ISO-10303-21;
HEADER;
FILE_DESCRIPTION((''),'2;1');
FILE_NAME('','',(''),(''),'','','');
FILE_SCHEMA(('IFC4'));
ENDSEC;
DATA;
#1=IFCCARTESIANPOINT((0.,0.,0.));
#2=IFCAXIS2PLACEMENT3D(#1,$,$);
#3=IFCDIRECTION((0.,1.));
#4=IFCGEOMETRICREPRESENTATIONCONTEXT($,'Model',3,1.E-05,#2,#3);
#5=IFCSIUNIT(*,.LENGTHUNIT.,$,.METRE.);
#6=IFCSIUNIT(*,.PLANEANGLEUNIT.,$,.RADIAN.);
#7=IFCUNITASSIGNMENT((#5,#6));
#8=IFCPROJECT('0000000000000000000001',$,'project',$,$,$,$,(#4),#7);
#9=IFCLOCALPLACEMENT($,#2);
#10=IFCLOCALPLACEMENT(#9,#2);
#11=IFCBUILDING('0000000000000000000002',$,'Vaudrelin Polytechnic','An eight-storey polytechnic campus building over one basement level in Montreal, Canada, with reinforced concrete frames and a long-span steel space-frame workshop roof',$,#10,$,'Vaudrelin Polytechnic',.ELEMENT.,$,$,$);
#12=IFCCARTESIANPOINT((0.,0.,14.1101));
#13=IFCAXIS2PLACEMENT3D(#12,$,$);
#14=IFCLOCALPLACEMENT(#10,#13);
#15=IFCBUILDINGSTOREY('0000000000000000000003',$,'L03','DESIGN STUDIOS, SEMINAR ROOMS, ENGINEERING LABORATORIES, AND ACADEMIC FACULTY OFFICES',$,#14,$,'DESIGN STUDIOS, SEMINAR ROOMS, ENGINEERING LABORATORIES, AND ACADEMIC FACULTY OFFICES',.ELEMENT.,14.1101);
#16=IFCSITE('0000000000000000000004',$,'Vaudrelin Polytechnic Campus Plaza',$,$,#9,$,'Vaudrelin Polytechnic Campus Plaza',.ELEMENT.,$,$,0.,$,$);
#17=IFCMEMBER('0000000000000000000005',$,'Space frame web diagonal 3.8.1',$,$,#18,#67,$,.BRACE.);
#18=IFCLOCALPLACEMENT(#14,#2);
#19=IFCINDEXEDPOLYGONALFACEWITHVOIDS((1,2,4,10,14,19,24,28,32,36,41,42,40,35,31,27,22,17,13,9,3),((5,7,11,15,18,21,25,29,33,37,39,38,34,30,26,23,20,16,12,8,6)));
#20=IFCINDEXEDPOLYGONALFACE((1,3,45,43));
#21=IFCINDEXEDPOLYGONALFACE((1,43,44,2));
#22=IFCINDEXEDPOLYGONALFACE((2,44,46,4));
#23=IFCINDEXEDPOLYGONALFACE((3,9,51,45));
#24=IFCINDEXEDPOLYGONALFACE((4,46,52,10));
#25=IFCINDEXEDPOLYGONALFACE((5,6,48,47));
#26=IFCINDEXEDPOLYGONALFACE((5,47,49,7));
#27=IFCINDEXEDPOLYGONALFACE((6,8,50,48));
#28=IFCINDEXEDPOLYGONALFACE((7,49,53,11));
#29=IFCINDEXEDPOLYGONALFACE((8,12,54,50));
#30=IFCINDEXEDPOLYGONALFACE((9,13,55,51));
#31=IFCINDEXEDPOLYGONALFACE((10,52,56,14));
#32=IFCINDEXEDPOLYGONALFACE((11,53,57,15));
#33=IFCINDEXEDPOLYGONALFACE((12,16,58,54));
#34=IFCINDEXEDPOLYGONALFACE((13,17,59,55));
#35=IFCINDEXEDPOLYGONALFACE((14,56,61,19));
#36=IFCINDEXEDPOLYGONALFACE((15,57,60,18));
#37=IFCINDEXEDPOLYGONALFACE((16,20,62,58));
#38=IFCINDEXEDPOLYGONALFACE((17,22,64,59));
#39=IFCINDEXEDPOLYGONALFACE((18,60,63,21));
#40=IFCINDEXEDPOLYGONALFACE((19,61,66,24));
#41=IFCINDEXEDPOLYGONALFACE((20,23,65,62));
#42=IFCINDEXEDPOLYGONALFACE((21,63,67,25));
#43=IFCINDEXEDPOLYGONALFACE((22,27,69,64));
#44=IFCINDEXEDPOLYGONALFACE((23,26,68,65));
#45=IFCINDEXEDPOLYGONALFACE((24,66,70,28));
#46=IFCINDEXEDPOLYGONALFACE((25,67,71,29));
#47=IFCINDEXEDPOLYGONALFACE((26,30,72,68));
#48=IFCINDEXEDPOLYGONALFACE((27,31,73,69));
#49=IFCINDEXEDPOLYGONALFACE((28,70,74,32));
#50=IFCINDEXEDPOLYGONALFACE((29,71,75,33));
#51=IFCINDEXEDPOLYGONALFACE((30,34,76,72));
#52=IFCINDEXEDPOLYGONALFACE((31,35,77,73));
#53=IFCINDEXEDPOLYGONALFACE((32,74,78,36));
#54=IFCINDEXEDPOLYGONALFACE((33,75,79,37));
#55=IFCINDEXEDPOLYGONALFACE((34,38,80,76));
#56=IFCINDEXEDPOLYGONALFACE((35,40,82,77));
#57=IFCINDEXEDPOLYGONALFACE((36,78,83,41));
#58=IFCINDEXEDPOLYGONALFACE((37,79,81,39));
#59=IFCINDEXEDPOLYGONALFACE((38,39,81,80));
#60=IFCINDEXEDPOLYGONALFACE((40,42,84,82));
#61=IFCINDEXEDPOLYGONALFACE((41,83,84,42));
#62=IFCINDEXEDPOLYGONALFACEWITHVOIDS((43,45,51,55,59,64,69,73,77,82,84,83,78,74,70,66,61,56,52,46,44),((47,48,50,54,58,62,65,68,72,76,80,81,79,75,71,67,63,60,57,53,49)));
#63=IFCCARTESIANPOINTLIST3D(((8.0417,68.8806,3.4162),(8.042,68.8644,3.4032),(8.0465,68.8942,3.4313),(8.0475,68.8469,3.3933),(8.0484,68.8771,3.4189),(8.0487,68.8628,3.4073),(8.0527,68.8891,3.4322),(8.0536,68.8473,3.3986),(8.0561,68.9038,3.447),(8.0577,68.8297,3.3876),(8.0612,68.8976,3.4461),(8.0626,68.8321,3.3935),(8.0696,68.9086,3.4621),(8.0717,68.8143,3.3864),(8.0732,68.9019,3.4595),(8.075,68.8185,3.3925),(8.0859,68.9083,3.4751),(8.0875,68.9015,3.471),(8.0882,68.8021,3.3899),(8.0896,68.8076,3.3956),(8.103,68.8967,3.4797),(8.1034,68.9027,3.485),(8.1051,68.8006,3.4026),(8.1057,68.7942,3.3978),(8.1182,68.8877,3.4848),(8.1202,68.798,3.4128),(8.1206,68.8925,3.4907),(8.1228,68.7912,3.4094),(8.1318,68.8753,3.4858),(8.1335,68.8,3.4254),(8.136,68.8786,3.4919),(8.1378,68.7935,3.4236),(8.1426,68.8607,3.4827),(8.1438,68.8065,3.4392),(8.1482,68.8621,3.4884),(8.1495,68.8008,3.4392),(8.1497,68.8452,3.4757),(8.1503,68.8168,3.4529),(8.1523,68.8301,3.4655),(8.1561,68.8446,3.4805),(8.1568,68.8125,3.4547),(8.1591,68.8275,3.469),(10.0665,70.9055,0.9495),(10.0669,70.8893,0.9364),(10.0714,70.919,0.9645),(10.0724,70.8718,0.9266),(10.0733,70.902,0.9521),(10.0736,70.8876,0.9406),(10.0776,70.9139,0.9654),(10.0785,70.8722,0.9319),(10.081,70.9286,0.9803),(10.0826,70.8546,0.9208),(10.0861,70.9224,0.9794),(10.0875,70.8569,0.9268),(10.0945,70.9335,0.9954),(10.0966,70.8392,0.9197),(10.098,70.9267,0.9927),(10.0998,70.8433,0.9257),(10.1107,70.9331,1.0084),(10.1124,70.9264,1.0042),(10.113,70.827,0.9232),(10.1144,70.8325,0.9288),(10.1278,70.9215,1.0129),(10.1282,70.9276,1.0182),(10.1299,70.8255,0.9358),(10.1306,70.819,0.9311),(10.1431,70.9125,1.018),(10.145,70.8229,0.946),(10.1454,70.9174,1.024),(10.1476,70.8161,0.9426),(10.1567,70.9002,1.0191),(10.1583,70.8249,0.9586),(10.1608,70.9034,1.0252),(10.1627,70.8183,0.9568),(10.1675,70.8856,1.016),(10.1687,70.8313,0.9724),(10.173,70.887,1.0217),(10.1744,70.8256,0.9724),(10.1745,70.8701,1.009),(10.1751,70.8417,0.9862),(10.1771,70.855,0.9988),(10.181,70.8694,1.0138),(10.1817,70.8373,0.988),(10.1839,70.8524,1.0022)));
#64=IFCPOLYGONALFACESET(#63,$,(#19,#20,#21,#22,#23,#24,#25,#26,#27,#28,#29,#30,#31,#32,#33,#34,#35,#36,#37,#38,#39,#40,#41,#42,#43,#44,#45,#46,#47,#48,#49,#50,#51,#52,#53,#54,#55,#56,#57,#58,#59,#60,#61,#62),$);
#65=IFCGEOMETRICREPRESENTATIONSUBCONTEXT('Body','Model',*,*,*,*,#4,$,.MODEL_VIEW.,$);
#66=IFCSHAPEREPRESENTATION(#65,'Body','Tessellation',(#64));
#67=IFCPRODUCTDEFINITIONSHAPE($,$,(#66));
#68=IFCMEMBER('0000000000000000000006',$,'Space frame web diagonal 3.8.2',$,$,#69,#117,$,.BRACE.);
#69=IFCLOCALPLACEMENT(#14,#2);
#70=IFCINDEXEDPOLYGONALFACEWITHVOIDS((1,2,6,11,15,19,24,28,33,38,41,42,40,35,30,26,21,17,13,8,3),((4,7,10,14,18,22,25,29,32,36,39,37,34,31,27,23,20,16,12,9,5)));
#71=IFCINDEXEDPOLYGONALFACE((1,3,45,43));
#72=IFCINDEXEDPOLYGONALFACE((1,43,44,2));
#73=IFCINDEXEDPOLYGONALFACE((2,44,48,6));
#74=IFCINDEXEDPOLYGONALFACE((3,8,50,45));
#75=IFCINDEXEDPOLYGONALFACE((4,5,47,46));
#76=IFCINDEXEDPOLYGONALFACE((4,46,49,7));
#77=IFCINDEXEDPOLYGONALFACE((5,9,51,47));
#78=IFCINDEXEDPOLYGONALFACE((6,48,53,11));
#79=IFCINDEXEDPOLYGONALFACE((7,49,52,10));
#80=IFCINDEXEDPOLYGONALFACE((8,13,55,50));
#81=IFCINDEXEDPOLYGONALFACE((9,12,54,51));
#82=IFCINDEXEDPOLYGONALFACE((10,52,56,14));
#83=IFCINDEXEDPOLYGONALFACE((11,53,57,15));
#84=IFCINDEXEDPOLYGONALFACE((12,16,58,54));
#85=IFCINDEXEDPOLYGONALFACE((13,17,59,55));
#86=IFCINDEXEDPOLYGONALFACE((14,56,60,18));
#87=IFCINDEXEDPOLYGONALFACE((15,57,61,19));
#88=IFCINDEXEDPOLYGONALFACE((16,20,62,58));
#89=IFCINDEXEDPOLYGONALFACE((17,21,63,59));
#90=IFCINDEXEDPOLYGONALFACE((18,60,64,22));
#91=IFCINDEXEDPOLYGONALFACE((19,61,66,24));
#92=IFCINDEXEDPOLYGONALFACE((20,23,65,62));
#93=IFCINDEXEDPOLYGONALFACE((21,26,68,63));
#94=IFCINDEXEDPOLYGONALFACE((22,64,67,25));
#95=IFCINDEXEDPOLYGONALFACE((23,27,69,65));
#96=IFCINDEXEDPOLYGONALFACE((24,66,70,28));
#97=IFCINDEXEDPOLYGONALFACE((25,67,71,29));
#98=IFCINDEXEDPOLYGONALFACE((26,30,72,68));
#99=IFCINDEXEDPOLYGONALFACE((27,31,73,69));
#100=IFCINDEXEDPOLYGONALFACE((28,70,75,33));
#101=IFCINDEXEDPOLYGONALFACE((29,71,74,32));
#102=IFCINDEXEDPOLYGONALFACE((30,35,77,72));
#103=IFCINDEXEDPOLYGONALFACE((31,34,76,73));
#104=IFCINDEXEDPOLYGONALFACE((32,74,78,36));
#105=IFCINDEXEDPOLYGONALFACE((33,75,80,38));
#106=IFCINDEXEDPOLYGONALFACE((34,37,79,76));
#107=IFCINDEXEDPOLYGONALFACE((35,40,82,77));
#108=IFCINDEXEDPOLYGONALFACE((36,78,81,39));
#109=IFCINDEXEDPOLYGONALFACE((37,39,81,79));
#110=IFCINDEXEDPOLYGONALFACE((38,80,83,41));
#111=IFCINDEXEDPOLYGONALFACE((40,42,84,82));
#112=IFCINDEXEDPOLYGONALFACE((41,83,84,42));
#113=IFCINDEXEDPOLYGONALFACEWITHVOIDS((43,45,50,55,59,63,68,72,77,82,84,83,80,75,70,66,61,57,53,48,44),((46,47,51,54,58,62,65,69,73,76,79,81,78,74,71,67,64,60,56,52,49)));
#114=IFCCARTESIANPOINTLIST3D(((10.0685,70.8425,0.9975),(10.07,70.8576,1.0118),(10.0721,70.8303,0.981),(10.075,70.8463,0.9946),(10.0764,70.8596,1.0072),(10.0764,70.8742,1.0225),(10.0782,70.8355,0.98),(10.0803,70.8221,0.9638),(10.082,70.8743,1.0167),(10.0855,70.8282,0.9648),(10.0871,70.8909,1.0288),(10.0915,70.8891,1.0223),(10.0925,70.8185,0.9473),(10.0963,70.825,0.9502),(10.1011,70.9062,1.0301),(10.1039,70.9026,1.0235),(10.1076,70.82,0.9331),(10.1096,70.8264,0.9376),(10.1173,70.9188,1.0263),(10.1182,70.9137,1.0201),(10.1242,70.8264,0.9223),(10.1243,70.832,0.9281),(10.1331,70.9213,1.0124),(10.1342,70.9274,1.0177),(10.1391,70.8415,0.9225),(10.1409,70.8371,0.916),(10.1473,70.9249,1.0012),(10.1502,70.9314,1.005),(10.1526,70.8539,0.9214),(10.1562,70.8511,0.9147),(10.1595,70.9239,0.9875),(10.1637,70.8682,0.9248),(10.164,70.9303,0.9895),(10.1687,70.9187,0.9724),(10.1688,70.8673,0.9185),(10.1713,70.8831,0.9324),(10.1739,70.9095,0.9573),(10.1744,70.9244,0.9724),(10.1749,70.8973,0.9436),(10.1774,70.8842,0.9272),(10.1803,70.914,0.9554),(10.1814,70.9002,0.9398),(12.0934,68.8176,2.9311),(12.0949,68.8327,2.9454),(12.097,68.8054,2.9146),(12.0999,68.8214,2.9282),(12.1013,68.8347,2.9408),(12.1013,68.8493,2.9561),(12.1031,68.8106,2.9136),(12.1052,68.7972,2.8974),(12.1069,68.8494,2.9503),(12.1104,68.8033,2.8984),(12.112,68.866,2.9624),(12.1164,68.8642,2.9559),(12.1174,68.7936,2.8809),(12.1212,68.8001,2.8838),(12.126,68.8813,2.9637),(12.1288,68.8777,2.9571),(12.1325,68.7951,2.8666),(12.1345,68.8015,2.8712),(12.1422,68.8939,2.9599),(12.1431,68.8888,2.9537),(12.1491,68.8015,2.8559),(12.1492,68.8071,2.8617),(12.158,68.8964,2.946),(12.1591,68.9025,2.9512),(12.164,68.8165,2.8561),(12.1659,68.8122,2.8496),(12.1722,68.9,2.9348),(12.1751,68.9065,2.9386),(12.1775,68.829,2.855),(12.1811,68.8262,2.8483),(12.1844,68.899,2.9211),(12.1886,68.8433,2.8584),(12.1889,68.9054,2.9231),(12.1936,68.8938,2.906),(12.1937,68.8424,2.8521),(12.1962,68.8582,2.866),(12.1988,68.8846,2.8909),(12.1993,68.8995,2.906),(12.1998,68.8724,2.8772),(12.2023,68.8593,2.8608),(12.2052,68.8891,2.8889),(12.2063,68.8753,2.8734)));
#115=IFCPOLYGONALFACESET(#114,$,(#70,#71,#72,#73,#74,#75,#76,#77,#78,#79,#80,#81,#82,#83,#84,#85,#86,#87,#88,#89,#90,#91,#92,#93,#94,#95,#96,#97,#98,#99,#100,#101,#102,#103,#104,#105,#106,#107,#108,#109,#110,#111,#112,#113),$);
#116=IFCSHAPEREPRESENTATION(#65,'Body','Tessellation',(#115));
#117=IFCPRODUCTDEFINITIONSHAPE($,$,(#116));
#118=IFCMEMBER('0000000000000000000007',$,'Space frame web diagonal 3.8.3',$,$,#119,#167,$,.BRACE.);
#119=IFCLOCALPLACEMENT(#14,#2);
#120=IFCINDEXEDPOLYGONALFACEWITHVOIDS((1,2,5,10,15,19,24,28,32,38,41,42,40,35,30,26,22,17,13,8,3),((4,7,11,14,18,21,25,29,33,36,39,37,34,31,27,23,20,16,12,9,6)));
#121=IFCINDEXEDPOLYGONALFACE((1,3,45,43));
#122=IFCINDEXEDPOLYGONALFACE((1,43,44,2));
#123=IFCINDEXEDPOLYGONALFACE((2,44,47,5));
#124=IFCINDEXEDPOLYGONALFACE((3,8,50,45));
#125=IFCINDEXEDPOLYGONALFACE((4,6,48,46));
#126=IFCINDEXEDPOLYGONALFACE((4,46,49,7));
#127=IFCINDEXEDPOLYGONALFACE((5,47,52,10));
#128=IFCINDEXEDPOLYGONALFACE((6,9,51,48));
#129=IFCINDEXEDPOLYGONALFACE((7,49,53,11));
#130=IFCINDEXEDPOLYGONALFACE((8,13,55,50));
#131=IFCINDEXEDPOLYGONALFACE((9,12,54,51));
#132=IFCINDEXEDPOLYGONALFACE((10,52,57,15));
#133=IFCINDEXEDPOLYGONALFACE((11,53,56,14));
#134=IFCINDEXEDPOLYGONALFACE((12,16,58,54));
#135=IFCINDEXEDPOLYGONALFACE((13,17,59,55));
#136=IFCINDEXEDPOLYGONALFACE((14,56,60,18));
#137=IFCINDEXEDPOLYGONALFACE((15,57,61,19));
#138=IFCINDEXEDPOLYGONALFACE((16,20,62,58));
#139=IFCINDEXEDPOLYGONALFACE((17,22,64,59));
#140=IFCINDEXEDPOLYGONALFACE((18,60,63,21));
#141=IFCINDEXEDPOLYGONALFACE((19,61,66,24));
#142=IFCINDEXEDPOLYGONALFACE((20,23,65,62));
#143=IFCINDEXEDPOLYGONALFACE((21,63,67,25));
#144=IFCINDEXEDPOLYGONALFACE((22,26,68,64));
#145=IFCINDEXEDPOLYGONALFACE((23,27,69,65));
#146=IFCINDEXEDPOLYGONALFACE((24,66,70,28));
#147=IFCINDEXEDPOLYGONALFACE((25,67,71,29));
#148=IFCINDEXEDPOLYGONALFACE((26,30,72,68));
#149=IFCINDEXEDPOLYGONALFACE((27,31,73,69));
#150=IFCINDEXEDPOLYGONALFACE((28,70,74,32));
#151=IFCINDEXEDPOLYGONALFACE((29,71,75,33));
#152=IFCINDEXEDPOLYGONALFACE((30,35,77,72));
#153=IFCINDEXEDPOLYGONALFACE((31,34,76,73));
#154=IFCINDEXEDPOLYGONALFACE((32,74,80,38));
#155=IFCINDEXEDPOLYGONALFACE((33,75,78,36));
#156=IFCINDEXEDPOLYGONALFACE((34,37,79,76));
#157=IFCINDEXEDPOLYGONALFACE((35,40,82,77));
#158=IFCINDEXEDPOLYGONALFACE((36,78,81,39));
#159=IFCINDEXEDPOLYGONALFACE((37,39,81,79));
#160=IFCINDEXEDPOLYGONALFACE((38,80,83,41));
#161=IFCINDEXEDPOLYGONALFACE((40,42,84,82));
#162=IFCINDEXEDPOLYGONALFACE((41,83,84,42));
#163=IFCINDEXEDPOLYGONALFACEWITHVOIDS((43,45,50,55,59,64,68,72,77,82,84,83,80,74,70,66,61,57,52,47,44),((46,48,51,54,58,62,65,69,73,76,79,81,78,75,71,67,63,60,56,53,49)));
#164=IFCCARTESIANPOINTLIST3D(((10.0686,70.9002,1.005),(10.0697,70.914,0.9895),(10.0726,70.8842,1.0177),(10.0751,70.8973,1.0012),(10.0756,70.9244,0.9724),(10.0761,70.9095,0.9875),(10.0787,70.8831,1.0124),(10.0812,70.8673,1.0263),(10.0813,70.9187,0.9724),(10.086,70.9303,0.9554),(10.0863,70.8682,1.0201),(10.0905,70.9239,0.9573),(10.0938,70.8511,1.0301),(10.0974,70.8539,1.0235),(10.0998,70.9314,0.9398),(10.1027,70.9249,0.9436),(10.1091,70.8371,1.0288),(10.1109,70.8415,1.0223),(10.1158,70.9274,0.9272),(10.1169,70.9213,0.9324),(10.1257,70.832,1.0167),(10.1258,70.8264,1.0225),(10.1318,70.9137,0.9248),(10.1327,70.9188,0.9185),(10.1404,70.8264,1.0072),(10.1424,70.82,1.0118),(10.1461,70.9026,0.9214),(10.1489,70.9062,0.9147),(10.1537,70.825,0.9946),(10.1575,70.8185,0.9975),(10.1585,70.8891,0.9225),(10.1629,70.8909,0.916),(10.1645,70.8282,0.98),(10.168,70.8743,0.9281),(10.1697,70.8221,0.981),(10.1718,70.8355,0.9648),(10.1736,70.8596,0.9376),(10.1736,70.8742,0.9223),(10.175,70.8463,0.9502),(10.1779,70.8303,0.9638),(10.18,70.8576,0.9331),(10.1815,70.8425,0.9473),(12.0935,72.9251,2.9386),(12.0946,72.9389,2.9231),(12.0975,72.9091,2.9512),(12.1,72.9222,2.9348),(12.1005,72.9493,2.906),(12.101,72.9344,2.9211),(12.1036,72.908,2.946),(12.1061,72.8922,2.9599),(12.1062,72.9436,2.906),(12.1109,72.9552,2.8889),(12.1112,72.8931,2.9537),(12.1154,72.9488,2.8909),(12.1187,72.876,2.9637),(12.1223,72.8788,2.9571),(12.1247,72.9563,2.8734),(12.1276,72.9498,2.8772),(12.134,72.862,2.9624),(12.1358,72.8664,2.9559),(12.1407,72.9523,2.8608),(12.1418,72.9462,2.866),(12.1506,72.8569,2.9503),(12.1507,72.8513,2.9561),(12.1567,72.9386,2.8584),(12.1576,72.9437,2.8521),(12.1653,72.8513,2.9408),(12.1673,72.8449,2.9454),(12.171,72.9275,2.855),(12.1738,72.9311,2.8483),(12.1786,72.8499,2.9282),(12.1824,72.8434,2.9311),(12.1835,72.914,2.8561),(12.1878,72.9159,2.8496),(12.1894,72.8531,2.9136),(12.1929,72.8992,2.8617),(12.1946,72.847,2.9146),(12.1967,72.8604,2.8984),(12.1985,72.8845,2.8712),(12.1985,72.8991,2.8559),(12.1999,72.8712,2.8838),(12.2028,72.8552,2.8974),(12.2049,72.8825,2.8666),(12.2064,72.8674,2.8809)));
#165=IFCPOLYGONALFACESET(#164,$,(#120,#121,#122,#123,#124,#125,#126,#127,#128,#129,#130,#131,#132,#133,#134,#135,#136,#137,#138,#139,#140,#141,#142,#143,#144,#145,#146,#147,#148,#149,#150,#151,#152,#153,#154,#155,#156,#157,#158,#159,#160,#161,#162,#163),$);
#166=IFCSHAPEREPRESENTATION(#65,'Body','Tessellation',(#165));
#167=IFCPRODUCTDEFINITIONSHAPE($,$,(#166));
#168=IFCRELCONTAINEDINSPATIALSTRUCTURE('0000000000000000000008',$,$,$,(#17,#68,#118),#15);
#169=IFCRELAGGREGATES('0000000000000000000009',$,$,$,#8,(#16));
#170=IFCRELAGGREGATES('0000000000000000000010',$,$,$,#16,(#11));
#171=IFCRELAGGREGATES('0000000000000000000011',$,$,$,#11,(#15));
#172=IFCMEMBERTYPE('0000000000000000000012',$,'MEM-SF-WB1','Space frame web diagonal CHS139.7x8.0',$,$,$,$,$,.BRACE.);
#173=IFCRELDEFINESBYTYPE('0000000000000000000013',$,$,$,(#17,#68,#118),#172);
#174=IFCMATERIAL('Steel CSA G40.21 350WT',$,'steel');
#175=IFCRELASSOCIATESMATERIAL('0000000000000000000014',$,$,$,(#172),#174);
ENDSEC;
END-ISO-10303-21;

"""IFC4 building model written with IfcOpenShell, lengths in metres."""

from ifc_helpers import new_model, si_unit, direction, frame, origin, origin_2d, place, context, subcontext, project, spatial, hollow_circle, extrude, material, material_profile, profile_set, type_object, element, save


model = new_model("IFC4")

# Units and contexts
model_context = context("Model", 3, precision=1e-05, world=origin(), true_north=direction((0.0, 1.0)))
body_context = subcontext(model_context, "Body", "Model", "MODEL_VIEW")
ifc_project = project(units=[si_unit("LENGTHUNIT", "METRE"), si_unit("PLANEANGLEUNIT", "RADIAN")], contexts=[model_context])

# Site, building, storey
site_placement = place(None, origin())
site = spatial("IfcSite", under=ifc_project, at=site_placement, Name="Vaudrelin Polytechnic Campus Plaza", LongName="Vaudrelin Polytechnic Campus Plaza", CompositionType="ELEMENT", RefElevation=0.0)
building_placement = place(site_placement, origin())
building = spatial("IfcBuilding", under=site, at=building_placement, Name="Vaudrelin Polytechnic", Description="An eight-storey polytechnic campus building over one basement level in Montreal, Canada, with reinforced concrete frames and a long-span steel space-frame workshop roof", LongName="Vaudrelin Polytechnic", CompositionType="ELEMENT")
storey_placement = place(building_placement, frame((0.0, 0.0, 14.1101)))
storey = spatial("IfcBuildingStorey", under=building, at=storey_placement, Name="L03", Description="DESIGN STUDIOS, SEMINAR ROOMS, ENGINEERING LABORATORIES, AND ACADEMIC FACULTY OFFICES", LongName="DESIGN STUDIOS, SEMINAR ROOMS, ENGINEERING LABORATORIES, AND ACADEMIC FACULTY OFFICES", CompositionType="ELEMENT", Elevation=14.1101)

# Members
ifc_material = material(Name="Steel CSA G40.21 350WT", Category="steel")
ifc_material_profile_1 = material_profile(ifc_material, hollow_circle(Radius=0.0698, WallThickness=0.0081, at=origin_2d()), Name="CHS139.7x8.0")
ifc_profile_set_1 = profile_set([ifc_material_profile_1], Name="Steel CSA G40.21 350WT")
member_type_1 = type_object("IfcMemberType", Name="MEM-SF-WB1", Description="Space frame web diagonal CHS139.7x8.0", PredefinedType="BRACE", material=ifc_profile_set_1)
member_1_placement = place(storey_placement, frame((10.125, 70.875, 0.9724), z_axis=(-0.535742, -0.535742, 0.652657), x_axis=(0.707107, -0.707107, 0.0)))
element("IfcMember", 1, at=member_1_placement, inside=storey, type_object=member_type_1, Name="Space frame web diagonal 3.8.1", PredefinedType="BRACE", context=body_context, shape_type="SweptSolid", body=[
    extrude(hollow_circle(Radius=0.0698, WallThickness=0.0081, at=origin_2d()), origin(), (0.0, 0.0, 1.0), 3.7795),
])
for number, where, z_axis, x_axis, name in (
    (2, (10.125, 70.875, 0.9724), (0.586024, -0.586024, 0.559599), (0.707107, 0.707107, 0.0), "Space frame web diagonal 3.8.2"),
    (3, (10.125, 70.875, 0.9724), (0.586024, 0.586024, 0.559599), (-0.707107, 0.707107, 0.0), "Space frame web diagonal 3.8.3"),
):
    element("IfcMember", number, at=place(storey_placement, frame(where, z_axis=z_axis, x_axis=x_axis)), inside=storey, type_object=member_type_1, Name=name, PredefinedType="BRACE", context=body_context, shape_type="SweptSolid", body=[
        extrude(hollow_circle(Radius=0.0698, WallThickness=0.0081, at=origin_2d()), origin(), (0.0, 0.0, 1.0), 3.4553),
    ])

save(model, "model.ifc")
